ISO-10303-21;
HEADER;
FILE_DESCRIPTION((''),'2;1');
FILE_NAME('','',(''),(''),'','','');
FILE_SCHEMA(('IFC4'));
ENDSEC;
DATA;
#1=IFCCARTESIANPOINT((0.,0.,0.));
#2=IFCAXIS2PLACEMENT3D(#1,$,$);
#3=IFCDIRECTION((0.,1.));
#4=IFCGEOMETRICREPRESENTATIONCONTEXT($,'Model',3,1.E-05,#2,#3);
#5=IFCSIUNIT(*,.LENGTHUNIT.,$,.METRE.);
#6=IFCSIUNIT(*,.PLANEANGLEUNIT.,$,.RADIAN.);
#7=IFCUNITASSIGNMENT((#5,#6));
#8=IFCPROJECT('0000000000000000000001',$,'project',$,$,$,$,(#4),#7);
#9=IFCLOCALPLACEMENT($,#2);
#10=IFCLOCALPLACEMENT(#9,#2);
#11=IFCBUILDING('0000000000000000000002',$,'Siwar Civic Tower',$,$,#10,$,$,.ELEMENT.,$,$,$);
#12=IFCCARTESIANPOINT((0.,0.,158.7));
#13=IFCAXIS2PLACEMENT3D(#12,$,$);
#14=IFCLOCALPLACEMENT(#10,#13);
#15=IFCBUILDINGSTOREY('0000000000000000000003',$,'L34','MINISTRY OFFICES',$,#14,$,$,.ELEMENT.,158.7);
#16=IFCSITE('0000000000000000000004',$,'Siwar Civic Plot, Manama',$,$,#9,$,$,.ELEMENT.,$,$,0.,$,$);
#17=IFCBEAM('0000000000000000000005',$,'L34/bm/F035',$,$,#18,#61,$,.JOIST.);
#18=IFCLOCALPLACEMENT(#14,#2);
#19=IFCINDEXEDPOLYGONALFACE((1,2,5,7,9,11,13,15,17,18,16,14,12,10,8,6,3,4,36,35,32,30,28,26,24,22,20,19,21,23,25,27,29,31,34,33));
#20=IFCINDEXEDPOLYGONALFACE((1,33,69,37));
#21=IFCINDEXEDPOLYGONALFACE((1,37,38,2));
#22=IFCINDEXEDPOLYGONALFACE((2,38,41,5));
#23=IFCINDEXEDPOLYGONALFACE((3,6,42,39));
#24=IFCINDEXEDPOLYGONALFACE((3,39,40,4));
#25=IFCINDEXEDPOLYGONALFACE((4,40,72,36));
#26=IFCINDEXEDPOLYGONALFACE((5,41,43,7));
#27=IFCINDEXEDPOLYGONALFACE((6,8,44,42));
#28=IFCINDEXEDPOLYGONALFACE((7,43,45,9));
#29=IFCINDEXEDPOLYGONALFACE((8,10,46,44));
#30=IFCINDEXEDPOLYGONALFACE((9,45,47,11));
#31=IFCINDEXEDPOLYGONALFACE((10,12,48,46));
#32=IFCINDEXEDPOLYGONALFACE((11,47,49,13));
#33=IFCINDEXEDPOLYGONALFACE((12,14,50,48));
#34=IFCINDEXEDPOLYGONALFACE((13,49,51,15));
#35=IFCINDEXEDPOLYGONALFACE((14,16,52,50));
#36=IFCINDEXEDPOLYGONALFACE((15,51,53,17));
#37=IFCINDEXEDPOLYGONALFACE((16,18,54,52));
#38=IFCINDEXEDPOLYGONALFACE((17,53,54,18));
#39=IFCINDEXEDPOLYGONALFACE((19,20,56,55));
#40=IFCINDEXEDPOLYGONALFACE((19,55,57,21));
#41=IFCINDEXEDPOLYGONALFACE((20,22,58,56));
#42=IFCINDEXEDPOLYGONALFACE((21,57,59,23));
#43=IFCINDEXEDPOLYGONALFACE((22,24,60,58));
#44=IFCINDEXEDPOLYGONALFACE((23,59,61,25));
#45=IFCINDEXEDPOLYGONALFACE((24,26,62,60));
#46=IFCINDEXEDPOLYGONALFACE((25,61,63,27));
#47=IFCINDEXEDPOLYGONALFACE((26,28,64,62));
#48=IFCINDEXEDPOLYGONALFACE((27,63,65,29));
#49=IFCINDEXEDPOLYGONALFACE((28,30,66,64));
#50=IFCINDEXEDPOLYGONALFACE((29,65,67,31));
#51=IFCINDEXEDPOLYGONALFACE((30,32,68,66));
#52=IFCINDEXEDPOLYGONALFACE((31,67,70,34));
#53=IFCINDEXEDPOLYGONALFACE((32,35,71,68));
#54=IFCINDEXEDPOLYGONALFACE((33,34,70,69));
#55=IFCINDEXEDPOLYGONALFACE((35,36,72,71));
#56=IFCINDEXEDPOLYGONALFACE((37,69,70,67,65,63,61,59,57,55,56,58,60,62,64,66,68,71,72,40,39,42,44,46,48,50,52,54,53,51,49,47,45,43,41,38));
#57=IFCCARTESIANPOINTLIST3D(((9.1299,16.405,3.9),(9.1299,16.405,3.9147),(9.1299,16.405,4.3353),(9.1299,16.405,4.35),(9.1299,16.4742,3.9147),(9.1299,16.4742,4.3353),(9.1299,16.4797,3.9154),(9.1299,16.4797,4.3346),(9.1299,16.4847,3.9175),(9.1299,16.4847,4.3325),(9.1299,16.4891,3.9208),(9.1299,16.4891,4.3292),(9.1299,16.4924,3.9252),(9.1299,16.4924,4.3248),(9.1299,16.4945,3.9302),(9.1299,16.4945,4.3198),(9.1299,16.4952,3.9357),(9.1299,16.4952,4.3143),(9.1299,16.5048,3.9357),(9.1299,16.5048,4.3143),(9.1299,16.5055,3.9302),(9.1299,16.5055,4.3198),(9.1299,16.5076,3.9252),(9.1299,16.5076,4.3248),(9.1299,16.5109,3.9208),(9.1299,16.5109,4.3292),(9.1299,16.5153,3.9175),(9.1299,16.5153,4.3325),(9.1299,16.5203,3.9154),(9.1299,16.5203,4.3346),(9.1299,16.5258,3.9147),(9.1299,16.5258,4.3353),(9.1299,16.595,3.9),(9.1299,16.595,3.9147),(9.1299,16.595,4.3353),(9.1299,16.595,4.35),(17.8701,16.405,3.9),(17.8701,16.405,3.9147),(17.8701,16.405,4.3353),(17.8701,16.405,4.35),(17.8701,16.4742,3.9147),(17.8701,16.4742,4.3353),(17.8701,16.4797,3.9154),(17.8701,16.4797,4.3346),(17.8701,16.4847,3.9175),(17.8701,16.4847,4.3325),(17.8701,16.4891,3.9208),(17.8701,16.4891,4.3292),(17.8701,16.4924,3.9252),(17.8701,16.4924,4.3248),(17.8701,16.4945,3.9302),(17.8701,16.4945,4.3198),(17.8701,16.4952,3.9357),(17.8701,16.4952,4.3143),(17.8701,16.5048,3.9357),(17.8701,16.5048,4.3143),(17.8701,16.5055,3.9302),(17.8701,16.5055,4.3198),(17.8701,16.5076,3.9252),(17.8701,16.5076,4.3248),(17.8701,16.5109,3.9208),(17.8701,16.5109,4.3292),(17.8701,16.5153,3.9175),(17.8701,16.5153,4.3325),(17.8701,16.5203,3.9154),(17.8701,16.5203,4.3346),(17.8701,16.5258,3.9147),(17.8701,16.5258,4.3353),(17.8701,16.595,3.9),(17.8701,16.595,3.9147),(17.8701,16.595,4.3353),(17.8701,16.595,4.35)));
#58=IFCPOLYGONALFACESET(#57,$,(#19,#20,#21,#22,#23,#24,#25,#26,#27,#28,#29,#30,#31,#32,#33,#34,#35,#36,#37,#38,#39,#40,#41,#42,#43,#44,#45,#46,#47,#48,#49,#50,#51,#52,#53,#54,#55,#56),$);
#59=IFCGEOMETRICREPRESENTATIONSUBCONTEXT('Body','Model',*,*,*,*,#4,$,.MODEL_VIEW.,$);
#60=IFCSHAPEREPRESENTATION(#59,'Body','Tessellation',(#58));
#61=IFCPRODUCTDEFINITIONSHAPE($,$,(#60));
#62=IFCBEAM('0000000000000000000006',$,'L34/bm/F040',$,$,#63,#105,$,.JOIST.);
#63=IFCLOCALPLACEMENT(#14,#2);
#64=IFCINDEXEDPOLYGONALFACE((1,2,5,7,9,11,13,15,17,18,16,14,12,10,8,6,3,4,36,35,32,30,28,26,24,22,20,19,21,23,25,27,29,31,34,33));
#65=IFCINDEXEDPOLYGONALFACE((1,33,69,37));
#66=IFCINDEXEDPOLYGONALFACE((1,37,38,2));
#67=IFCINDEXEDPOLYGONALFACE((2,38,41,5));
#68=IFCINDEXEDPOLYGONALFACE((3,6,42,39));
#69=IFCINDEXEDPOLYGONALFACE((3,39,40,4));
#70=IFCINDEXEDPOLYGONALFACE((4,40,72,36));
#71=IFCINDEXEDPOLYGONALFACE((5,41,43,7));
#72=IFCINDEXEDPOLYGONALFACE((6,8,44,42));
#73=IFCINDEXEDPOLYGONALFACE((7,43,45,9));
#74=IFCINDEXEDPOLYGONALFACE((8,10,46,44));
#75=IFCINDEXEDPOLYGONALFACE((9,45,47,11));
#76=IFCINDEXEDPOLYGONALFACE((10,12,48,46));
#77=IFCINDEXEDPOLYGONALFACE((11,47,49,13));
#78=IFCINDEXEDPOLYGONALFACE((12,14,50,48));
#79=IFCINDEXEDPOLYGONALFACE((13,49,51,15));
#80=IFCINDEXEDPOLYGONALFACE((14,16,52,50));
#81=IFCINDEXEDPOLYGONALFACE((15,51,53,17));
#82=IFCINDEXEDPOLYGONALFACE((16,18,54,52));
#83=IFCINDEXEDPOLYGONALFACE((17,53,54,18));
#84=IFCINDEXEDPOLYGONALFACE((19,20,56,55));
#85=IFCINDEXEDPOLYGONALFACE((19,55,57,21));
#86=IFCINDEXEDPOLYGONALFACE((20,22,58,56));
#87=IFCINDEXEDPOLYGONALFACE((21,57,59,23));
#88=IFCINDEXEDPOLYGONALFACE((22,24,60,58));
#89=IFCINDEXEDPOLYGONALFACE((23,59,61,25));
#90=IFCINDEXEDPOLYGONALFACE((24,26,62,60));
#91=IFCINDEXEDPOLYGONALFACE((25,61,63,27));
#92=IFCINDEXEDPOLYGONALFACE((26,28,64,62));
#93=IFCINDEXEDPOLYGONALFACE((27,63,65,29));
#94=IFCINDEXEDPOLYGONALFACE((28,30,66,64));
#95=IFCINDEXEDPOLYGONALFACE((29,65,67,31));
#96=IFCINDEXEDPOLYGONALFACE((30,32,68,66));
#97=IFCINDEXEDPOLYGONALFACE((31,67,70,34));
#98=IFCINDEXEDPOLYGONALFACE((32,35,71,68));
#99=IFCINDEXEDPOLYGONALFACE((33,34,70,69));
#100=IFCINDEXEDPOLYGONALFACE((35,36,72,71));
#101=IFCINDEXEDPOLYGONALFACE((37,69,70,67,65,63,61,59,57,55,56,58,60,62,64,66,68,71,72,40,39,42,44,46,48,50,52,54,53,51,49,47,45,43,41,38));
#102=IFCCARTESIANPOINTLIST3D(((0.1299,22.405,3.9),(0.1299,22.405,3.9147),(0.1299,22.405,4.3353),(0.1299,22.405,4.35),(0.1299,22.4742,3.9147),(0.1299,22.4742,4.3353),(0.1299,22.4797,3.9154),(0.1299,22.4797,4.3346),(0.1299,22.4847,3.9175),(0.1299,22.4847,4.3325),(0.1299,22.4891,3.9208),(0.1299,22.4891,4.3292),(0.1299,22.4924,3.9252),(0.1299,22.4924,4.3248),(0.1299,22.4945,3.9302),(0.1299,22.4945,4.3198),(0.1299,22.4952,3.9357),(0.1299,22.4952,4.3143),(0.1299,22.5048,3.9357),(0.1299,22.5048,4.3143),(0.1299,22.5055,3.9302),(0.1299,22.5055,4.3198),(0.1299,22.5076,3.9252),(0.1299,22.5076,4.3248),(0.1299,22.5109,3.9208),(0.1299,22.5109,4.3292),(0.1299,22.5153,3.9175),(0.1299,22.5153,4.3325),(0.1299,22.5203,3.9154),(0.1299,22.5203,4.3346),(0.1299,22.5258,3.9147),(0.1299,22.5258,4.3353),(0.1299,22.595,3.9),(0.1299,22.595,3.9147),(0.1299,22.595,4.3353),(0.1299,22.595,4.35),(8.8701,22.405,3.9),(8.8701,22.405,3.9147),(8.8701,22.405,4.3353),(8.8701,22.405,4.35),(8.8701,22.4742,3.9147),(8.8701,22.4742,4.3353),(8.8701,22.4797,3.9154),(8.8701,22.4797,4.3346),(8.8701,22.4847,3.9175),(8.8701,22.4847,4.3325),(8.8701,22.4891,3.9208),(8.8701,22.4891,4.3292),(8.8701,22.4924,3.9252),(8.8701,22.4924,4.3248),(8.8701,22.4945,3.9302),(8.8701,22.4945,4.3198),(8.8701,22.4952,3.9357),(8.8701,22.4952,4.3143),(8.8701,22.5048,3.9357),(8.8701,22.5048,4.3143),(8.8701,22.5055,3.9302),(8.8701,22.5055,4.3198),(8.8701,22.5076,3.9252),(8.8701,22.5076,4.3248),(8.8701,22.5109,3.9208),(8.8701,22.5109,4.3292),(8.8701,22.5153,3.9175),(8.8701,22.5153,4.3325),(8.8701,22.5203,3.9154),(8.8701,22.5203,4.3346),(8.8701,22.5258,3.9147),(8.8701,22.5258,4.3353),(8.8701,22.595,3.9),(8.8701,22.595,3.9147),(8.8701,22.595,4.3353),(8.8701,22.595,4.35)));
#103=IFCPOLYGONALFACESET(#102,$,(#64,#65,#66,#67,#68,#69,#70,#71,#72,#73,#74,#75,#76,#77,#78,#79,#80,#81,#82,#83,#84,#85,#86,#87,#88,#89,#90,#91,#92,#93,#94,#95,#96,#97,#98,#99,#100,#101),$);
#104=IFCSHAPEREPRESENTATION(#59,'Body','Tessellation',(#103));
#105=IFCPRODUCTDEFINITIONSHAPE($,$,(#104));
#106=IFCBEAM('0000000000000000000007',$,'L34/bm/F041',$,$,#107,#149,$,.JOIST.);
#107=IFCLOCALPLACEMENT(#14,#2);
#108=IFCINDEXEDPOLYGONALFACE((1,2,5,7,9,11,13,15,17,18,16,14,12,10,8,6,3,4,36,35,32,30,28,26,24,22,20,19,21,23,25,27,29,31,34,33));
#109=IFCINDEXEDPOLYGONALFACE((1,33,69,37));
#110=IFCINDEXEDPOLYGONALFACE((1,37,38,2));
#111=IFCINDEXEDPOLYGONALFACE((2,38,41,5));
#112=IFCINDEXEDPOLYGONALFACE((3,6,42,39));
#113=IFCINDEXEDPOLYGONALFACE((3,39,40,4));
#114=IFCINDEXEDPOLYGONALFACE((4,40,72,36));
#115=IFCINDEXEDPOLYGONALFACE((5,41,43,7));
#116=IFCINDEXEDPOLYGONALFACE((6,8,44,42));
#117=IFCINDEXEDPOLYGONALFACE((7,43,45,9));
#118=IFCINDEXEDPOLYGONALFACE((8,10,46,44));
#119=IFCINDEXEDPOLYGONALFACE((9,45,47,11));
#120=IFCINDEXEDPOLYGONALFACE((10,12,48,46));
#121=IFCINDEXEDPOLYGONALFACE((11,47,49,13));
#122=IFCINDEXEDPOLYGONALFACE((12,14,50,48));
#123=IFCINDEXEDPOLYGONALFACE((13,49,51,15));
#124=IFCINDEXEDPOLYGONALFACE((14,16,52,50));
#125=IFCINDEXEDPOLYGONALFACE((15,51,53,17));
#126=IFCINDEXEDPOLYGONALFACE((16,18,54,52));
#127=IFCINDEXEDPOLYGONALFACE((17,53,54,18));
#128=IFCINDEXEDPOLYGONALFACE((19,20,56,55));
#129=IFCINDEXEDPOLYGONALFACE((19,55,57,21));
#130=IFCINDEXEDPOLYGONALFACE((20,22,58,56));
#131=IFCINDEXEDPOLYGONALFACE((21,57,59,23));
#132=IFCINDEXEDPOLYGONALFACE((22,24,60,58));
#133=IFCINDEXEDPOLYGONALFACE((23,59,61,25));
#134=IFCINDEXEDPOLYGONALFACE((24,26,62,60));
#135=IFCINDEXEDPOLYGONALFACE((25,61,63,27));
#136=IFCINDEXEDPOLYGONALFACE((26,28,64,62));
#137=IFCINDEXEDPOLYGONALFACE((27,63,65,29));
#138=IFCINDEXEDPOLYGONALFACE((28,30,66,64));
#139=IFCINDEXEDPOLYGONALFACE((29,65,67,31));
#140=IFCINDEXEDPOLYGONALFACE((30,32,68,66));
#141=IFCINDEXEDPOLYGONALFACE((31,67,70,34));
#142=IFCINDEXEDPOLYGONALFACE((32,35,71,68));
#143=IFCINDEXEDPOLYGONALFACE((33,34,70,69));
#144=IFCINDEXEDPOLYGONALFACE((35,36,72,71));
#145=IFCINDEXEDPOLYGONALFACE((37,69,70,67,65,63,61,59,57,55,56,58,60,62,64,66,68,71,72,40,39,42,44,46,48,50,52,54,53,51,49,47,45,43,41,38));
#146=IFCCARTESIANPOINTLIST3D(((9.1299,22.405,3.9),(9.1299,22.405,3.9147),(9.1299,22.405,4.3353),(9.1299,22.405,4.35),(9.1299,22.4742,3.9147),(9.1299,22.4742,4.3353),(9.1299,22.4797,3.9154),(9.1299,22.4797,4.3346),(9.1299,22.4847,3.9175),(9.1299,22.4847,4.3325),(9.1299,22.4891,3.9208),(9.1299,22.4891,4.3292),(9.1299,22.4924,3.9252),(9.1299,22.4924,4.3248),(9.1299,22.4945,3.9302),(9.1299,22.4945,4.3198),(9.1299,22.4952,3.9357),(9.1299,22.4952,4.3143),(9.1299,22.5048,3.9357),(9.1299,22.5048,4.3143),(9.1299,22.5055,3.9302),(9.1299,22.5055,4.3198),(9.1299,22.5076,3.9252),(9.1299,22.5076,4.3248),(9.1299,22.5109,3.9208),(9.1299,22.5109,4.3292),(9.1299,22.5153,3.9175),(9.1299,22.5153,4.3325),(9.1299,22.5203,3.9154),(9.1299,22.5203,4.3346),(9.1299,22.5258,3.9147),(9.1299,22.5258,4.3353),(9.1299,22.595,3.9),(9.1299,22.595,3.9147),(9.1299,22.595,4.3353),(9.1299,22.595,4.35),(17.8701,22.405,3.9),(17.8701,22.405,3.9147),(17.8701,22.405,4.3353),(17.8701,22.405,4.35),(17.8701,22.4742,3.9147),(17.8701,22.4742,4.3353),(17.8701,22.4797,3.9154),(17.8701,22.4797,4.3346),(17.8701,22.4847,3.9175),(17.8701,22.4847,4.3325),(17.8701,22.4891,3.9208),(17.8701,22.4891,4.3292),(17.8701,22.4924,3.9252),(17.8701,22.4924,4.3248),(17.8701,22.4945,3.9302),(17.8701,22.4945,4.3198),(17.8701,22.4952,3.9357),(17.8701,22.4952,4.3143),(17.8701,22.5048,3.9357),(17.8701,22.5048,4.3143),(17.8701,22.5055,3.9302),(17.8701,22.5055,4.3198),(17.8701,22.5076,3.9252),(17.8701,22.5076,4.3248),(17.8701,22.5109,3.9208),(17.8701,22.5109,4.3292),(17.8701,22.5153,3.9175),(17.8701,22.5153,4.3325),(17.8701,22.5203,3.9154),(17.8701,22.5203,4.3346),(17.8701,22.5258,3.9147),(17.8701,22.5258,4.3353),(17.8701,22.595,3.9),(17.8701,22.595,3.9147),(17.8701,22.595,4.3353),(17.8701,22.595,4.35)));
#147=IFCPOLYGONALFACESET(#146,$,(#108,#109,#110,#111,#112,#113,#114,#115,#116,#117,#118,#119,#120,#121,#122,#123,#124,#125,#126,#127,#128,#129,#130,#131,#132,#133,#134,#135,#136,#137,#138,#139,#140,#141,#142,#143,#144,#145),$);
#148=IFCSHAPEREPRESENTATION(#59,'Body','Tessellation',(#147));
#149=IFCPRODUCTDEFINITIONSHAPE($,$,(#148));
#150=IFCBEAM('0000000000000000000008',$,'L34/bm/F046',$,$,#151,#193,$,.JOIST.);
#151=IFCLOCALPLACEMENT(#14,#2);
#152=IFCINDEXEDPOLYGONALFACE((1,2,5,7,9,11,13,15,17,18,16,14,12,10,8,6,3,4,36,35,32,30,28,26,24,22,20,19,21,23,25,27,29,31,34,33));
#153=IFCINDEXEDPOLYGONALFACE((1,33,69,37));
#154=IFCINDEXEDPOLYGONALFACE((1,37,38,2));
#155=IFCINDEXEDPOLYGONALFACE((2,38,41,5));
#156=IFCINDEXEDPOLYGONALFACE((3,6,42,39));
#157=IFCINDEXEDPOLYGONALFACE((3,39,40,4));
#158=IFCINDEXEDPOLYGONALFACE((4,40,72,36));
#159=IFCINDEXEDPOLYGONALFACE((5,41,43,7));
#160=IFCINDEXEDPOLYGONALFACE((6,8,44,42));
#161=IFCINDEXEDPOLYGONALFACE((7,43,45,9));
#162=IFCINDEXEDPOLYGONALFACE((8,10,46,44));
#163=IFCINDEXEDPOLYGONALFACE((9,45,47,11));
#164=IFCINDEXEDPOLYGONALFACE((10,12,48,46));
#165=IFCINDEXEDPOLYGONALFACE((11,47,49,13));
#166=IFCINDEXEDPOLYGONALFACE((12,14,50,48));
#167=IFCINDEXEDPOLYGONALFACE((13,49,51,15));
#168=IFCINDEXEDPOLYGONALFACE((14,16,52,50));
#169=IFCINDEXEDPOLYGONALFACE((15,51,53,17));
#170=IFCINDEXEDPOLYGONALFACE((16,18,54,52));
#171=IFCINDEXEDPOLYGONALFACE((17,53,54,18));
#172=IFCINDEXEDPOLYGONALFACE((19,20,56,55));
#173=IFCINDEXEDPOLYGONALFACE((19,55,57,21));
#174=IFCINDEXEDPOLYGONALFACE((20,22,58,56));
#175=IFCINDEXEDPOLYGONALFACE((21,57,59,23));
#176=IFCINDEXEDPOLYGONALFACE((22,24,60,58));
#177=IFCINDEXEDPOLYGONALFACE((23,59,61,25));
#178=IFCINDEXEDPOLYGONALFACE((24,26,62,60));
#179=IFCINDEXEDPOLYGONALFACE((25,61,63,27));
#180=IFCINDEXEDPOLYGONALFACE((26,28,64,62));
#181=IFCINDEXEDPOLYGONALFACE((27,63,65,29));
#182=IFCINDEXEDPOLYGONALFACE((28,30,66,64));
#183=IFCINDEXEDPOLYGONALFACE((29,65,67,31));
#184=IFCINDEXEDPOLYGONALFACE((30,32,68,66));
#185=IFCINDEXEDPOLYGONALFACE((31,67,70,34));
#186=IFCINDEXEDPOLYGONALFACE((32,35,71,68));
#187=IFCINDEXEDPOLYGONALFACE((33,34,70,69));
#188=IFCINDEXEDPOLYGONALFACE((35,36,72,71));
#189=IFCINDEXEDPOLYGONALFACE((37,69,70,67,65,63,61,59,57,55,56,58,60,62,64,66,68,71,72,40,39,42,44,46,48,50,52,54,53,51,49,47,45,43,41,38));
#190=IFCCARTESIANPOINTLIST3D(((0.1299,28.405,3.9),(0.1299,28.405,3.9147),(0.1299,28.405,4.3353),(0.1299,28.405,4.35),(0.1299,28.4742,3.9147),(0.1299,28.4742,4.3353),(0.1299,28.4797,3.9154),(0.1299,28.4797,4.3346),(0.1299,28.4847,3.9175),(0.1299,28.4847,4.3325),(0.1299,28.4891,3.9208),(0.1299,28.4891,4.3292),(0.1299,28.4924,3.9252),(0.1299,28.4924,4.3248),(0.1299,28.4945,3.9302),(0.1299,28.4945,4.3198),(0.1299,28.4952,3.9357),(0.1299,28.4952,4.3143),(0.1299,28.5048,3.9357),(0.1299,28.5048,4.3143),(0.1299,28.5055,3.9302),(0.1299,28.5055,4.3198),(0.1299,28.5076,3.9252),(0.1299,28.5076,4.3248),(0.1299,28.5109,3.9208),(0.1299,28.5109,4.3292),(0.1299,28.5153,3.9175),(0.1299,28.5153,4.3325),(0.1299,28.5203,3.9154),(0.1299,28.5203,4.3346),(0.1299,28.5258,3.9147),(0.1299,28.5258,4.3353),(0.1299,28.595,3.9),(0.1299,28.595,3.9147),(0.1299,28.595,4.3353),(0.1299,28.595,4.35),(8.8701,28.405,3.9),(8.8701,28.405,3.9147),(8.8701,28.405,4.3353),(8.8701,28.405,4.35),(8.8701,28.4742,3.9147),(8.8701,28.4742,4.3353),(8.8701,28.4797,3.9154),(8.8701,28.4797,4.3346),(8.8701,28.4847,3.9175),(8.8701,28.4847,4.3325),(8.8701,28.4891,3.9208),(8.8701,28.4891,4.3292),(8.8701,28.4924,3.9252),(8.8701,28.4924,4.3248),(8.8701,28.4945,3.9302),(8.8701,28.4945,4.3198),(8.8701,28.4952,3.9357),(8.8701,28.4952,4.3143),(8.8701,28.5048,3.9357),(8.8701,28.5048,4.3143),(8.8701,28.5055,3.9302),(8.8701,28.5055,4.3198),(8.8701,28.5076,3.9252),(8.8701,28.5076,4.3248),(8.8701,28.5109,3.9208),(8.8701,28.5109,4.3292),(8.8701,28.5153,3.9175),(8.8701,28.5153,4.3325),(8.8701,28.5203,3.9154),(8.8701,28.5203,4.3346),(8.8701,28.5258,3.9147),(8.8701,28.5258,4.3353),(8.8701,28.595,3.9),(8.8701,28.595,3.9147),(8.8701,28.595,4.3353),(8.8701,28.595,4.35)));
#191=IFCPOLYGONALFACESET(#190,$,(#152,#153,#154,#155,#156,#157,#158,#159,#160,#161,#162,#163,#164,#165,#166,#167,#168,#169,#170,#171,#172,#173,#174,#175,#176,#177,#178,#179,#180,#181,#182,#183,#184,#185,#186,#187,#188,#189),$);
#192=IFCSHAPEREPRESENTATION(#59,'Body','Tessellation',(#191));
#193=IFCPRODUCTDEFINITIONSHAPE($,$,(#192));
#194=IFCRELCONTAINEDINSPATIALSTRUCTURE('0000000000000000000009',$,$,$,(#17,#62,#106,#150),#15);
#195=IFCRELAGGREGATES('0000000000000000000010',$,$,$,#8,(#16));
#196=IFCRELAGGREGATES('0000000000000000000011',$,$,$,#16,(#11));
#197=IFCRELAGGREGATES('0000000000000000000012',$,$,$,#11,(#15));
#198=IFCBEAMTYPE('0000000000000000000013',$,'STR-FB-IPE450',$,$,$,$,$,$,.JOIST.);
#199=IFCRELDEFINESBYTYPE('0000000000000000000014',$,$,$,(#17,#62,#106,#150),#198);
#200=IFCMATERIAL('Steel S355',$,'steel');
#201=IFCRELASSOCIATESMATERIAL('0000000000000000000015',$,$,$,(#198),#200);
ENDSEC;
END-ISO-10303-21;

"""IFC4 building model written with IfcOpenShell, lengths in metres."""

from ifc_helpers import new_model, si_unit, direction, frame, origin, origin_2d, place, context, subcontext, project, spatial, i_section, extrude, material, material_profile, profile_set, type_object, element, save


model = new_model("IFC4")

# Units and contexts
model_context = context("Model", 3, precision=1e-05, world=origin(), true_north=direction((0.0, 1.0)))
body_context = subcontext(model_context, "Body", "Model", "MODEL_VIEW")
ifc_project = project(units=[si_unit("LENGTHUNIT", "METRE"), si_unit("PLANEANGLEUNIT", "RADIAN")], contexts=[model_context])

# Site, building, storey
site_placement = place(None, origin())
site = spatial("IfcSite", under=ifc_project, at=site_placement, Name="Siwar Civic Plot, Manama", CompositionType="ELEMENT", RefElevation=0.0)
building_placement = place(site_placement, origin())
building = spatial("IfcBuilding", under=site, at=building_placement, Name="Siwar Civic Tower", CompositionType="ELEMENT")
storey_placement = place(building_placement, frame((0.0, 0.0, 158.7)))
storey = spatial("IfcBuildingStorey", under=building, at=storey_placement, Name="L34", Description="MINISTRY OFFICES", CompositionType="ELEMENT", Elevation=158.7)

# Beams
ifc_material_1 = material(Name="Steel S355", Category="steel")
ifc_material_profile_1 = material_profile(ifc_material_1, i_section(OverallWidth=0.1899, OverallDepth=0.45, WebThickness=0.0095, FlangeThickness=0.0146, FilletRadius=0.021, at=origin_2d()), Name="IPE450")
ifc_profile_set_1 = profile_set([ifc_material_profile_1], Name="Steel S355")
beam_type_1 = type_object("IfcBeamType", Name="STR-FB-IPE450", PredefinedType="JOIST", material=ifc_profile_set_1)
for number, where, z_axis, x_axis, name in (
    (1, (9.1299, 16.5, 4.125), (1.0, 0.0, 0.0), (0.0, 1.0, 0.0), "L34/bm/F035"),
    (2, (0.1299, 22.5, 4.125), (1.0, 0.0, 0.0), (0.0, 1.0, 0.0), "L34/bm/F040"),
    (3, (9.1299, 22.5, 4.125), (1.0, 0.0, 0.0), (0.0, 1.0, 0.0), "L34/bm/F041"),
    (4, (0.1299, 28.5, 4.125), (1.0, 0.0, 0.0), (0.0, 1.0, 0.0), "L34/bm/F046"),
):
    element("IfcBeam", number, at=place(storey_placement, frame(where, z_axis=z_axis, x_axis=x_axis)), inside=storey, type_object=beam_type_1, Name=name, PredefinedType="JOIST", context=body_context, shape_type="SweptSolid", body=[
        extrude(i_section(OverallWidth=0.1899, OverallDepth=0.45, WebThickness=0.0095, FlangeThickness=0.0146, FilletRadius=0.021, at=origin_2d()), origin(), (0.0, 0.0, 1.0), 8.7402),
    ])

save(model, "model.ifc")
